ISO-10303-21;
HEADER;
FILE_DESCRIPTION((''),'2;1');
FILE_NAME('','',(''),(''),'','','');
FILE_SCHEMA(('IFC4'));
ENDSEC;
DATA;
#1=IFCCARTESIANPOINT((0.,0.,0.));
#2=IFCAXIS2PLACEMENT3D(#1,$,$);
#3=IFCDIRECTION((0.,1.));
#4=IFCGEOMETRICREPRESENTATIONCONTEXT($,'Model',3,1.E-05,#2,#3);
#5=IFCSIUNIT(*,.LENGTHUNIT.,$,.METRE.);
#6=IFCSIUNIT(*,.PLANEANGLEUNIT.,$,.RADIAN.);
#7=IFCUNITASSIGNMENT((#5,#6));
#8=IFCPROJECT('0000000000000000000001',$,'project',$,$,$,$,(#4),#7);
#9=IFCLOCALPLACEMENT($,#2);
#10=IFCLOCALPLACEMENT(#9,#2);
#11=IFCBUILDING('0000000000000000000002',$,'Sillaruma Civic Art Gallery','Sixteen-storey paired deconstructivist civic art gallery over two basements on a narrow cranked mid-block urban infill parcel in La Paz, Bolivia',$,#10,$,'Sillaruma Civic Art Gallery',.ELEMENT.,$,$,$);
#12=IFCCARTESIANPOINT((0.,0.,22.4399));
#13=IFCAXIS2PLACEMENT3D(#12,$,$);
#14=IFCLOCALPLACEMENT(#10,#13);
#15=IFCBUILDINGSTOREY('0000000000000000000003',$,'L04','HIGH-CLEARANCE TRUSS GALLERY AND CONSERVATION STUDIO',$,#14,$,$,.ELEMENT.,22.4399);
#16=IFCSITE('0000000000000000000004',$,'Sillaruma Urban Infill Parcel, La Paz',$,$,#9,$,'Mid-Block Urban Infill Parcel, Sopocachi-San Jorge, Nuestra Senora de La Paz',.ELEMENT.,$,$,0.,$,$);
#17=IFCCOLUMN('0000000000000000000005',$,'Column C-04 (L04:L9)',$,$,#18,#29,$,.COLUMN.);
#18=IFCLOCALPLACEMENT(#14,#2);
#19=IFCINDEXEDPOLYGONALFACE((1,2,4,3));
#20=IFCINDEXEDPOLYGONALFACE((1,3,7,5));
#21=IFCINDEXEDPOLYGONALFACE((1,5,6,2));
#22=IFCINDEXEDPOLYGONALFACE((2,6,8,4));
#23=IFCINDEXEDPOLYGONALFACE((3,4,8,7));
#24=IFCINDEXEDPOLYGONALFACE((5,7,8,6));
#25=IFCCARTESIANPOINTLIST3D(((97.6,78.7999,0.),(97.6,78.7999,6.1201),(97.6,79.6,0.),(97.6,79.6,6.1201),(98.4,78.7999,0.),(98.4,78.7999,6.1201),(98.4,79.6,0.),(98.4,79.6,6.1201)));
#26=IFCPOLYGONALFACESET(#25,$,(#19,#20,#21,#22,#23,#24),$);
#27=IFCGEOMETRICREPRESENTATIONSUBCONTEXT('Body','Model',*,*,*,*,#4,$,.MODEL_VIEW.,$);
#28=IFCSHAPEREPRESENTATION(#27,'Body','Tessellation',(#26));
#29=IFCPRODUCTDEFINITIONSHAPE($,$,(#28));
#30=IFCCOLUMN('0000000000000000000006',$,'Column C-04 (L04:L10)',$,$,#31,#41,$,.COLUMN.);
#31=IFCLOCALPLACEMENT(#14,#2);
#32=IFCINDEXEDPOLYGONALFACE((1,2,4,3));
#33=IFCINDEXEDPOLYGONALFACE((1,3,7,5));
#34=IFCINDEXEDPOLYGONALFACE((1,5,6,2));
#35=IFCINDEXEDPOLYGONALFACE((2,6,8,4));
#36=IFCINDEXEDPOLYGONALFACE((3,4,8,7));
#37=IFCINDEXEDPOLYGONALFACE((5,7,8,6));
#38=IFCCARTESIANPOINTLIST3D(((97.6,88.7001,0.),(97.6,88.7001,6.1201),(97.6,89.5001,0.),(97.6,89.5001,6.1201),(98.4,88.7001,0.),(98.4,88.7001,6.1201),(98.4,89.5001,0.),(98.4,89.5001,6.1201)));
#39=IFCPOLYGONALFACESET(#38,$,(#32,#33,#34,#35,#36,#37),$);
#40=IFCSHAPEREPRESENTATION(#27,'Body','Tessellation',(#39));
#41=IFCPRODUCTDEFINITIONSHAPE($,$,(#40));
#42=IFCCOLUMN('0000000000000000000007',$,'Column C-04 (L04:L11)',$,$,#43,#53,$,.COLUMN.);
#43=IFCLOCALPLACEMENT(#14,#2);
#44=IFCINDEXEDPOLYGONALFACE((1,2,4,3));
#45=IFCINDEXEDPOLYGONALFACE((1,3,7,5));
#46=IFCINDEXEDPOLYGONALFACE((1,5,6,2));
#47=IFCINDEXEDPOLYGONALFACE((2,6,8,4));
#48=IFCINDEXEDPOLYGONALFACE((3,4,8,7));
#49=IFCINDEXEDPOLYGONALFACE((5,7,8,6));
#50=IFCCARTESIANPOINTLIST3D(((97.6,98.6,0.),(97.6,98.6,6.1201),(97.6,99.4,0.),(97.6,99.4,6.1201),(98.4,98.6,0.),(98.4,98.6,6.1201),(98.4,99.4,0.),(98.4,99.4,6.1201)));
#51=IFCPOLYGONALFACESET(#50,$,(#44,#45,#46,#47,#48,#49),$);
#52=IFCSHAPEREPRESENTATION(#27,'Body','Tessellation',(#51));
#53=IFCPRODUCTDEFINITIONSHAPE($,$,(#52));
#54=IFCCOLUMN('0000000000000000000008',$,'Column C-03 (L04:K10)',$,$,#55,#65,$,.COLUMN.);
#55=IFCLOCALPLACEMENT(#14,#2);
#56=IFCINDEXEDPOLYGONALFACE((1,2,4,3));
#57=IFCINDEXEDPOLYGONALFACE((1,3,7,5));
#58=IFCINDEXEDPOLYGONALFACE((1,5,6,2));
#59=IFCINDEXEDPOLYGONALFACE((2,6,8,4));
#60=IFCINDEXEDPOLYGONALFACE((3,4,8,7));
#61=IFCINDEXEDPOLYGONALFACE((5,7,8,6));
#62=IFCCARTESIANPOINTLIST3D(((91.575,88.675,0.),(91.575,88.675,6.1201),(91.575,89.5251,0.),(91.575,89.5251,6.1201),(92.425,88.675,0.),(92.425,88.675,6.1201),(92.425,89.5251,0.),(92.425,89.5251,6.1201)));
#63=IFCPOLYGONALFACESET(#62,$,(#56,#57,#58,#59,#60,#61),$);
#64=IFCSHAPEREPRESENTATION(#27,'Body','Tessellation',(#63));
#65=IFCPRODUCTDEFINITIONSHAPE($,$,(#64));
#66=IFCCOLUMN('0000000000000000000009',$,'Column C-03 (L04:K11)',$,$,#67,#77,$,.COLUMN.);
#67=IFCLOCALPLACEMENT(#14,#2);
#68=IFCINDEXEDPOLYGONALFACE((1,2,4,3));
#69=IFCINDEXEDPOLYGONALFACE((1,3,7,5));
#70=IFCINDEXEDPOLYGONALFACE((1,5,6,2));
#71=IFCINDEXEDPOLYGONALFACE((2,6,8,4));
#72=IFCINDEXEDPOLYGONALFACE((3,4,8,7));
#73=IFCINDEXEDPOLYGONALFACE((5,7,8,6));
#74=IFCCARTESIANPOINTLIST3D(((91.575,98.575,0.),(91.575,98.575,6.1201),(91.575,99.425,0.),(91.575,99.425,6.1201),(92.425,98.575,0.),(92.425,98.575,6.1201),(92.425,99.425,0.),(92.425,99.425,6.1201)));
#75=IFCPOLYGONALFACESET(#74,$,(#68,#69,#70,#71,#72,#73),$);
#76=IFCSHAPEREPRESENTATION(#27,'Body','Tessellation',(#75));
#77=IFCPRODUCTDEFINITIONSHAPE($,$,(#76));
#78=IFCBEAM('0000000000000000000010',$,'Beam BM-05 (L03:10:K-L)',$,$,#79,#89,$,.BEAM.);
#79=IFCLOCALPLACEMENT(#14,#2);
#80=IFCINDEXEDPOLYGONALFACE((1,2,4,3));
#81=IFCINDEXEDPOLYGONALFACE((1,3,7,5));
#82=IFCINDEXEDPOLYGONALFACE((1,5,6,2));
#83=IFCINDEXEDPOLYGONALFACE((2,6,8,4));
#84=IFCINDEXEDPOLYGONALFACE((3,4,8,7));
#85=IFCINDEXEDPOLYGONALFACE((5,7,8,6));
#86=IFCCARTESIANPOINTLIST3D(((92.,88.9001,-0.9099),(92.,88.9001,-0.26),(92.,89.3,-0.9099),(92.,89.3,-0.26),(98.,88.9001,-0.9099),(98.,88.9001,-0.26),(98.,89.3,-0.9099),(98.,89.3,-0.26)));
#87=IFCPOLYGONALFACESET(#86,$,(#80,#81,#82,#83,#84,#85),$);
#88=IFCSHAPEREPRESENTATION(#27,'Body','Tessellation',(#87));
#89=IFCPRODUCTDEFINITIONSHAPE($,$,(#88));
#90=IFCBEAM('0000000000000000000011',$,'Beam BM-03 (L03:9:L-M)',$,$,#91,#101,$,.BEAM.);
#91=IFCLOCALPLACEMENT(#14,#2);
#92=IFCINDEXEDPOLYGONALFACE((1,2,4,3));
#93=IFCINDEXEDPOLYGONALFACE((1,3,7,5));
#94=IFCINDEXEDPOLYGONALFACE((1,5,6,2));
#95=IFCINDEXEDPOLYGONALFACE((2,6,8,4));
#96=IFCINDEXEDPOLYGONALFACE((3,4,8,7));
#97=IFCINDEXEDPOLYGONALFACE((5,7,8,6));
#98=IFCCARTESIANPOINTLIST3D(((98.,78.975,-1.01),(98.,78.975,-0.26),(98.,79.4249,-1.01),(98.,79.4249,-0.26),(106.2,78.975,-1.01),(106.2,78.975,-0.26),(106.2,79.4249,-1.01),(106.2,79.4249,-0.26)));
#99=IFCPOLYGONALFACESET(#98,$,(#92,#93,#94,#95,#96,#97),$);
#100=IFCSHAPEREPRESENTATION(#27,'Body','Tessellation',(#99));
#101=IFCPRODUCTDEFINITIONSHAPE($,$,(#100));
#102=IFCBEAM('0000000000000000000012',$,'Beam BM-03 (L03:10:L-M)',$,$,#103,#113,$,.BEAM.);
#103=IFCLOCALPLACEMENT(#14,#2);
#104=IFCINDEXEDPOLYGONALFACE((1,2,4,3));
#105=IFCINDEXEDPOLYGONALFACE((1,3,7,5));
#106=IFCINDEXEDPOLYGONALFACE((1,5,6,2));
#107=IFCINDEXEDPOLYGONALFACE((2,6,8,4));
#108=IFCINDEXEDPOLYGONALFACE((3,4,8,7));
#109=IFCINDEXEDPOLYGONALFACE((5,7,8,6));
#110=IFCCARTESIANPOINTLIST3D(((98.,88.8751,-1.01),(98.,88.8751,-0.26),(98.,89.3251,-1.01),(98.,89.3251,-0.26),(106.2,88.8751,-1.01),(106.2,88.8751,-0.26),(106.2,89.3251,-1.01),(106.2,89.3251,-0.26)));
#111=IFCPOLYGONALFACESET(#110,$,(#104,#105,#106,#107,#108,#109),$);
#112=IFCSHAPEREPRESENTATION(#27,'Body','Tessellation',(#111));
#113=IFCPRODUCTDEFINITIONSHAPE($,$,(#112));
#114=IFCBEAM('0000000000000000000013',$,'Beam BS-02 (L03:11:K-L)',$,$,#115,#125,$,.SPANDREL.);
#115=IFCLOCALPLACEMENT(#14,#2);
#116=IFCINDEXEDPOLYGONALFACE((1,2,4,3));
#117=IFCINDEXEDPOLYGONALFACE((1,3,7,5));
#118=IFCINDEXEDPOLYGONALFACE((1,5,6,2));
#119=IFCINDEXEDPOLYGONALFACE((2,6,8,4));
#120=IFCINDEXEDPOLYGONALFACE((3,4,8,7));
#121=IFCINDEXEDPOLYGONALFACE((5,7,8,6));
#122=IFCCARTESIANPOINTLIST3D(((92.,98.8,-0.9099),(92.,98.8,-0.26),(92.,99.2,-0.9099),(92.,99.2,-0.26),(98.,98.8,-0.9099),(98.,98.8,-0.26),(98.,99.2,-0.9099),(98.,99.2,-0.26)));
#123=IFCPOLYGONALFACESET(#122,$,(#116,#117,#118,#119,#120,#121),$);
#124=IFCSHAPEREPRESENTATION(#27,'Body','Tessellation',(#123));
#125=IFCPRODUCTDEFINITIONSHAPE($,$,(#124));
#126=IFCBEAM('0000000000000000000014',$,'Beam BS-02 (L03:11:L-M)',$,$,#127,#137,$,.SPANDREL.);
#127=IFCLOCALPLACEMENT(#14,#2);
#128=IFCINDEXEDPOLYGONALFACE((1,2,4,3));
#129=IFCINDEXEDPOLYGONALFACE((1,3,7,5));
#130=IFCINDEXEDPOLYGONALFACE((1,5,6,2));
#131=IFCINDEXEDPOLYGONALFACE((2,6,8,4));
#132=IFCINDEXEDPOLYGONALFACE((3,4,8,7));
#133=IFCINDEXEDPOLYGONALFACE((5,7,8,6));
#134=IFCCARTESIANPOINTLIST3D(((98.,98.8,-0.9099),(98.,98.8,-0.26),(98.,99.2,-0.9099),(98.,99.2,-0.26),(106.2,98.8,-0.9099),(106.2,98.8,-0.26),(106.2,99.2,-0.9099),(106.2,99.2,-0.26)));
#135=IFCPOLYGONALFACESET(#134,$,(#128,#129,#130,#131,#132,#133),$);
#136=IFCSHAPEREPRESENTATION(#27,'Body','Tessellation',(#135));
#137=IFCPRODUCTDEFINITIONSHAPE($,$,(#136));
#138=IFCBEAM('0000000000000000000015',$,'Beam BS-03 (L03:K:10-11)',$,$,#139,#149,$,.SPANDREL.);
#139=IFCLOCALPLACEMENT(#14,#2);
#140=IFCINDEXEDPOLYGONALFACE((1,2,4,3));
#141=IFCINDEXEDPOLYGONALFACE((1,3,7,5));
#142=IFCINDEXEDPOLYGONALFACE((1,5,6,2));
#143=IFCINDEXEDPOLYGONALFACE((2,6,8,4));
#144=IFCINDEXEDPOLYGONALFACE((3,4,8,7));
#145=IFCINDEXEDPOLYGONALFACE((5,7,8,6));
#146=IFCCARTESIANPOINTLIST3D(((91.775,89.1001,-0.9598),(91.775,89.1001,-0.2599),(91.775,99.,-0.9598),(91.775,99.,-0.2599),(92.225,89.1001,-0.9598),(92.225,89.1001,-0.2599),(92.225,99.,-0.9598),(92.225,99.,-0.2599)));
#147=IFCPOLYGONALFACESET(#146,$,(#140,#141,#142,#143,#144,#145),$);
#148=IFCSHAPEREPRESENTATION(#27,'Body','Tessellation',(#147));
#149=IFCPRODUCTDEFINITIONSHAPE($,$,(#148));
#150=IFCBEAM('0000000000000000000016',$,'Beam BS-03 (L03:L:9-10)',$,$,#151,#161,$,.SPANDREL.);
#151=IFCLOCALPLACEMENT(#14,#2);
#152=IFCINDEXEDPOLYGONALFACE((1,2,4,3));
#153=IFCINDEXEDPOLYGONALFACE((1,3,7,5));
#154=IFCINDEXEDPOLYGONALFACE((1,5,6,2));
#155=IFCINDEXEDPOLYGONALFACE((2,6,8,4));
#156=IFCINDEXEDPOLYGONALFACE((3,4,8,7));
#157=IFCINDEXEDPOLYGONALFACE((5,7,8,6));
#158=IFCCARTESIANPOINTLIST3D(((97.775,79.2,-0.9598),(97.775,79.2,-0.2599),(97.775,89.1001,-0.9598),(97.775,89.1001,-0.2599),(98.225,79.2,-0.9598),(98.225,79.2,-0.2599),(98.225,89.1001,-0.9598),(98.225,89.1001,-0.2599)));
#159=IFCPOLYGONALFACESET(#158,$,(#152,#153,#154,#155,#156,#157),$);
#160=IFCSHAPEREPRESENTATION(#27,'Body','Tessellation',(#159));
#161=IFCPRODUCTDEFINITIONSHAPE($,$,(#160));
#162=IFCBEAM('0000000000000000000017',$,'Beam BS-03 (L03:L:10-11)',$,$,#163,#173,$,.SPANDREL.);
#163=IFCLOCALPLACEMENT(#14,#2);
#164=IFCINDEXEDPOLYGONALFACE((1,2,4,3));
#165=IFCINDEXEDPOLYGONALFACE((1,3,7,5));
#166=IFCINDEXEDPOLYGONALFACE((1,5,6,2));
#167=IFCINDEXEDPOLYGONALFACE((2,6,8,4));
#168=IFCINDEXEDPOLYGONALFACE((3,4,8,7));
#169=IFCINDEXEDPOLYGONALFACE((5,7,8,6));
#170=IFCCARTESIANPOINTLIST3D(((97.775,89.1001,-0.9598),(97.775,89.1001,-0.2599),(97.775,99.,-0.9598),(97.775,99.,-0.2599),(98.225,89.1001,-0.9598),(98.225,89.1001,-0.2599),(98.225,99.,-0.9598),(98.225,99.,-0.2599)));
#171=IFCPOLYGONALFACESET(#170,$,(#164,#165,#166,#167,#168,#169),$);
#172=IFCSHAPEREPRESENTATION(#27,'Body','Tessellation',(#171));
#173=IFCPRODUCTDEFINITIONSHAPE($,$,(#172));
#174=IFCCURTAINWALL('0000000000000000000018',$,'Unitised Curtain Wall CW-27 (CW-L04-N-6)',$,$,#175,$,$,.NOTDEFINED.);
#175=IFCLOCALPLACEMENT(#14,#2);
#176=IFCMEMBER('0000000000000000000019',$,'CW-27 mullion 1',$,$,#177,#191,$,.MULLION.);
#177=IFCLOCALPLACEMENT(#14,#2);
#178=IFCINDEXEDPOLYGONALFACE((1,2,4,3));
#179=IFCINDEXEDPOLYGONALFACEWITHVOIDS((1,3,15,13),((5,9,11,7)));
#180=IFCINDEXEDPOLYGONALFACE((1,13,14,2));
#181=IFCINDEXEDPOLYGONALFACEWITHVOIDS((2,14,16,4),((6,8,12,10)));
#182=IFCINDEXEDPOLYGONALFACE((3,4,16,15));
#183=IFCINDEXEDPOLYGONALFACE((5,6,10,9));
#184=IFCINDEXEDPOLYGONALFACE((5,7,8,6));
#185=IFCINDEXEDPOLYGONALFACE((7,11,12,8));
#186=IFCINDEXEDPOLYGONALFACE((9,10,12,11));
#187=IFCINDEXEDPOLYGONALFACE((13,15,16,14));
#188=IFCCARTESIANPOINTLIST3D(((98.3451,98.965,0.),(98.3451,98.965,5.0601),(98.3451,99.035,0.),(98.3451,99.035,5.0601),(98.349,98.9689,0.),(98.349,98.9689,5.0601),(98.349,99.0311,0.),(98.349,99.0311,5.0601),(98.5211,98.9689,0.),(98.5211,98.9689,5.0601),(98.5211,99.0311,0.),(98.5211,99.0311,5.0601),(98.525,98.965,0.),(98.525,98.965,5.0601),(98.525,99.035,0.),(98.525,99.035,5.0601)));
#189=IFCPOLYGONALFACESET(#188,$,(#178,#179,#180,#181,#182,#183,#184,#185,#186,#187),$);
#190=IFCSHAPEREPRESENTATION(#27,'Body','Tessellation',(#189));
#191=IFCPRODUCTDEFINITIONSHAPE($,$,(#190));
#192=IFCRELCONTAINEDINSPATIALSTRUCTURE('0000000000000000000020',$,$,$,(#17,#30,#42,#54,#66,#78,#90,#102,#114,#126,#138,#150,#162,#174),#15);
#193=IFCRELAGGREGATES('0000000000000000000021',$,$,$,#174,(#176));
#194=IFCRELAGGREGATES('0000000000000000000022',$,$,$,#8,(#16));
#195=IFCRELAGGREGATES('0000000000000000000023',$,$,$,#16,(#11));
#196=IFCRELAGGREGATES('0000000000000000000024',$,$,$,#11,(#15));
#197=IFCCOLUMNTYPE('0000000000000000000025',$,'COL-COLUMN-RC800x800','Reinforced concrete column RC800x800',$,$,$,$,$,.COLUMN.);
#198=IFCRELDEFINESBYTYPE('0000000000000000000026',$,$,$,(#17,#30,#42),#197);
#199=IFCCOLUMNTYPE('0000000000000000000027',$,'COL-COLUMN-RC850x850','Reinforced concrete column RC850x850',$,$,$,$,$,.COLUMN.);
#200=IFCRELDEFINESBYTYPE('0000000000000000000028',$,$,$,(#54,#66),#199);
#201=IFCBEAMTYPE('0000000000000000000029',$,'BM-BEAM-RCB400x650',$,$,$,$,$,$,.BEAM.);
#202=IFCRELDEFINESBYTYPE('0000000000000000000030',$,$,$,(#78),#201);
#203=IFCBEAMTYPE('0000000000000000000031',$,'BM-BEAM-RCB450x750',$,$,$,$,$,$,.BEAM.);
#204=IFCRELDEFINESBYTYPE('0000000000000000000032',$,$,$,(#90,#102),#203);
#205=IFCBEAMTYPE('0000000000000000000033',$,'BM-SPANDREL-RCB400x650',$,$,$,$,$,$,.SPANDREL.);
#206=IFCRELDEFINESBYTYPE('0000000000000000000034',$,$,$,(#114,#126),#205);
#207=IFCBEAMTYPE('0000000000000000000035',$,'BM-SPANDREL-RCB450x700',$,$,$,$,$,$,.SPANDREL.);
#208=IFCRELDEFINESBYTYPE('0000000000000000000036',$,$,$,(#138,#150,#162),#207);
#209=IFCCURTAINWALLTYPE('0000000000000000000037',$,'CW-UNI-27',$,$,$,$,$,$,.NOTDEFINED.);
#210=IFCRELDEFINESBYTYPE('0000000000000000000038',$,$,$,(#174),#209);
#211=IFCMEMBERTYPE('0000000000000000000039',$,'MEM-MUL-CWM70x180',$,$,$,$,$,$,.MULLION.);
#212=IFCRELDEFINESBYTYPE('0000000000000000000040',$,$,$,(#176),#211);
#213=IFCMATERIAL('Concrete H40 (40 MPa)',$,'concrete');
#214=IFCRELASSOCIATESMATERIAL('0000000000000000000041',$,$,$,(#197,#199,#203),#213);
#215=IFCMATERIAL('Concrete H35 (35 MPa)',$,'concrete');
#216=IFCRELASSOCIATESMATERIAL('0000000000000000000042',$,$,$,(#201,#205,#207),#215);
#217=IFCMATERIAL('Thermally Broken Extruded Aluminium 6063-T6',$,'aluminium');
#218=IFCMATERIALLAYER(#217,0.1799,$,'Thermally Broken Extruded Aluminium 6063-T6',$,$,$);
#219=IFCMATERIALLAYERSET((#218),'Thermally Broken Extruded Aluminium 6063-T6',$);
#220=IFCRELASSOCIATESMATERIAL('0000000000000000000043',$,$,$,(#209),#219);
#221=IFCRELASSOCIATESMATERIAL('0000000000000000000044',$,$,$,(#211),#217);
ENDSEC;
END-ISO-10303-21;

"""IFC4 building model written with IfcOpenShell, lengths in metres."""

from ifc_helpers import new_model, si_unit, direction, frame, origin, origin_2d, place, context, subcontext, project, spatial, rectangle, hollow_rectangle, extrude, material, layer, layer_set, material_profile, profile_set, type_object, element, aggregate, save


model = new_model("IFC4")

# Units and contexts
model_context = context("Model", 3, precision=1e-05, world=origin(), true_north=direction((0.0, 1.0)))
body_context = subcontext(model_context, "Body", "Model", "MODEL_VIEW")
ifc_project = project(units=[si_unit("LENGTHUNIT", "METRE"), si_unit("PLANEANGLEUNIT", "RADIAN")], contexts=[model_context])

# Site, building, storey
site_placement = place(None, origin())
site = spatial("IfcSite", under=ifc_project, at=site_placement, Name="Sillaruma Urban Infill Parcel, La Paz", LongName="Mid-Block Urban Infill Parcel, Sopocachi-San Jorge, Nuestra Senora de La Paz", CompositionType="ELEMENT", RefElevation=0.0)
building_placement = place(site_placement, origin())
building = spatial("IfcBuilding", under=site, at=building_placement, Name="Sillaruma Civic Art Gallery", Description="Sixteen-storey paired deconstructivist civic art gallery over two basements on a narrow cranked mid-block urban infill parcel in La Paz, Bolivia", LongName="Sillaruma Civic Art Gallery", CompositionType="ELEMENT")
storey_placement = place(building_placement, frame((0.0, 0.0, 22.4399)))
storey = spatial("IfcBuildingStorey", under=building, at=storey_placement, Name="L04", Description="HIGH-CLEARANCE TRUSS GALLERY AND CONSERVATION STUDIO", CompositionType="ELEMENT", Elevation=22.4399)

# Columns
ifc_material_1 = material(Name="Concrete H40 (40 MPa)", Category="concrete")
ifc_material_profile_1 = material_profile(ifc_material_1, rectangle(XDim=0.8, YDim=0.8, at=origin_2d()), Name="RC800x800")
ifc_profile_set_1 = profile_set([ifc_material_profile_1], Name="Concrete H40 (40 MPa)")
column_type_1 = type_object("IfcColumnType", Name="COL-COLUMN-RC800x800", Description="Reinforced concrete column RC800x800", PredefinedType="COLUMN", material=ifc_profile_set_1)
for number, where, z_axis, x_axis, name in (
    (1, (98.0, 79.2, 0.0), (0.0, 0.0, 1.0), (1.0, 0.0, 0.0), "Column C-04 (L04:L9)"),
    (2, (98.0, 89.1001, 0.0), (0.0, 0.0, 1.0), (1.0, 0.0, 0.0), "Column C-04 (L04:L10)"),
    (3, (98.0, 99.0, 0.0), (0.0, 0.0, 1.0), (1.0, 0.0, 0.0), "Column C-04 (L04:L11)"),
):
    element("IfcColumn", number, at=place(storey_placement, frame(where, z_axis=z_axis, x_axis=x_axis)), inside=storey, type_object=column_type_1, Name=name, PredefinedType="COLUMN", context=body_context, shape_type="SweptSolid", body=[
        extrude(rectangle(XDim=0.8, YDim=0.8, at=origin_2d()), origin(), (0.0, 0.0, 1.0), 6.1201),
    ])
ifc_material_profile_2 = material_profile(ifc_material_1, rectangle(XDim=0.8501, YDim=0.8501, at=origin_2d()), Name="RC850x850")
ifc_profile_set_2 = profile_set([ifc_material_profile_2], Name="Concrete H40 (40 MPa)")
column_type_2 = type_object("IfcColumnType", Name="COL-COLUMN-RC850x850", Description="Reinforced concrete column RC850x850", PredefinedType="COLUMN", material=ifc_profile_set_2)
for number, where, z_axis, x_axis, name in (
    (4, (92.0, 89.1001, 0.0), (0.0, 0.0, 1.0), (1.0, 0.0, 0.0), "Column C-03 (L04:K10)"),
    (5, (92.0, 99.0, 0.0), (0.0, 0.0, 1.0), (1.0, 0.0, 0.0), "Column C-03 (L04:K11)"),
):
    element("IfcColumn", number, at=place(storey_placement, frame(where, z_axis=z_axis, x_axis=x_axis)), inside=storey, type_object=column_type_2, Name=name, PredefinedType="COLUMN", context=body_context, shape_type="SweptSolid", body=[
        extrude(rectangle(XDim=0.8501, YDim=0.8501, at=origin_2d()), origin(), (0.0, 0.0, 1.0), 6.1201),
    ])

# Beams
ifc_material_2 = material(Name="Concrete H35 (35 MPa)", Category="concrete")
ifc_material_profile_3 = material_profile(ifc_material_2, rectangle(XDim=0.3999, YDim=0.6499, at=origin_2d()), Name="RCB400x650")
ifc_profile_set_3 = profile_set([ifc_material_profile_3], Name="Concrete H35 (35 MPa)")
beam_type_1 = type_object("IfcBeamType", Name="BM-BEAM-RCB400x650", PredefinedType="BEAM", material=ifc_profile_set_3)
beam_1_placement = place(storey_placement, frame((92.0, 89.1001, -0.585), z_axis=(1.0, 0.0, 0.0), x_axis=(0.0, 1.0, 0.0)))
element("IfcBeam", 6, at=beam_1_placement, inside=storey, type_object=beam_type_1, Name="Beam BM-05 (L03:10:K-L)", PredefinedType="BEAM", context=body_context, shape_type="SweptSolid", body=[
    extrude(rectangle(XDim=0.3999, YDim=0.6499, at=origin_2d()), origin(), (0.0, 0.0, 1.0), 6.0),
])
ifc_material_profile_4 = material_profile(ifc_material_1, rectangle(XDim=0.45, YDim=0.75, at=origin_2d()), Name="RCB450x750")
ifc_profile_set_4 = profile_set([ifc_material_profile_4], Name="Concrete H40 (40 MPa)")
beam_type_2 = type_object("IfcBeamType", Name="BM-BEAM-RCB450x750", PredefinedType="BEAM", material=ifc_profile_set_4)
for number, where, z_axis, x_axis, name in (
    (7, (98.0, 79.2, -0.635), (1.0, 0.0, 0.0), (0.0, 1.0, 0.0), "Beam BM-03 (L03:9:L-M)"),
    (8, (98.0, 89.1001, -0.635), (1.0, 0.0, 0.0), (0.0, 1.0, 0.0), "Beam BM-03 (L03:10:L-M)"),
):
    element("IfcBeam", number, at=place(storey_placement, frame(where, z_axis=z_axis, x_axis=x_axis)), inside=storey, type_object=beam_type_2, Name=name, PredefinedType="BEAM", context=body_context, shape_type="SweptSolid", body=[
        extrude(rectangle(XDim=0.45, YDim=0.75, at=origin_2d()), origin(), (0.0, 0.0, 1.0), 8.2),
    ])
ifc_material_profile_5 = material_profile(ifc_material_2, rectangle(XDim=0.3999, YDim=0.6499, at=origin_2d()), Name="RCB400x650")
ifc_profile_set_5 = profile_set([ifc_material_profile_5], Name="Concrete H35 (35 MPa)")
beam_type_3 = type_object("IfcBeamType", Name="BM-SPANDREL-RCB400x650", PredefinedType="SPANDREL", material=ifc_profile_set_5)
beam_2_placement = place(storey_placement, frame((92.0, 99.0, -0.585), z_axis=(1.0, 0.0, 0.0), x_axis=(0.0, 1.0, 0.0)))
element("IfcBeam", 9, at=beam_2_placement, inside=storey, type_object=beam_type_3, Name="Beam BS-02 (L03:11:K-L)", PredefinedType="SPANDREL", context=body_context, shape_type="SweptSolid", body=[
    extrude(rectangle(XDim=0.3999, YDim=0.6499, at=origin_2d()), origin(), (0.0, 0.0, 1.0), 6.0),
])
beam_3_placement = place(storey_placement, frame((98.0, 99.0, -0.585), z_axis=(1.0, 0.0, 0.0), x_axis=(0.0, 1.0, 0.0)))
element("IfcBeam", 10, at=beam_3_placement, inside=storey, type_object=beam_type_3, Name="Beam BS-02 (L03:11:L-M)", PredefinedType="SPANDREL", context=body_context, shape_type="SweptSolid", body=[
    extrude(rectangle(XDim=0.3999, YDim=0.6499, at=origin_2d()), origin(), (0.0, 0.0, 1.0), 8.2),
])
ifc_material_profile_6 = material_profile(ifc_material_2, rectangle(XDim=0.45, YDim=0.7, at=origin_2d()), Name="RCB450x700")
ifc_profile_set_6 = profile_set([ifc_material_profile_6], Name="Concrete H35 (35 MPa)")
beam_type_4 = type_object("IfcBeamType", Name="BM-SPANDREL-RCB450x700", PredefinedType="SPANDREL", material=ifc_profile_set_6)
beam_4_placement = place(storey_placement, frame((92.0, 89.1001, -0.6099), z_axis=(0.0, 1.0, 0.0), x_axis=(-1.0, 0.0, 0.0)))
element("IfcBeam", 11, at=beam_4_placement, inside=storey, type_object=beam_type_4, Name="Beam BS-03 (L03:K:10-11)", PredefinedType="SPANDREL", context=body_context, shape_type="SweptSolid", body=[
    extrude(rectangle(XDim=0.45, YDim=0.7, at=origin_2d()), origin(), (0.0, 0.0, 1.0), 9.8999),
])
beam_5_placement = place(storey_placement, frame((98.0, 79.2, -0.6099), z_axis=(0.0, 1.0, 0.0), x_axis=(-1.0, 0.0, 0.0)))
element("IfcBeam", 12, at=beam_5_placement, inside=storey, type_object=beam_type_4, Name="Beam BS-03 (L03:L:9-10)", PredefinedType="SPANDREL", context=body_context, shape_type="SweptSolid", body=[
    extrude(rectangle(XDim=0.45, YDim=0.7, at=origin_2d()), origin(), (0.0, 0.0, 1.0), 9.9001),
])
beam_6_placement = place(storey_placement, frame((98.0, 89.1001, -0.6099), z_axis=(0.0, 1.0, 0.0), x_axis=(-1.0, 0.0, 0.0)))
element("IfcBeam", 13, at=beam_6_placement, inside=storey, type_object=beam_type_4, Name="Beam BS-03 (L03:L:10-11)", PredefinedType="SPANDREL", context=body_context, shape_type="SweptSolid", body=[
    extrude(rectangle(XDim=0.45, YDim=0.7, at=origin_2d()), origin(), (0.0, 0.0, 1.0), 9.8999),
])

# Curtain wall, member
ifc_material_3 = material(Name="Thermally Broken Extruded Aluminium 6063-T6", Category="aluminium")
ifc_layer_1 = layer(ifc_material_3, 0.1799, Name="Thermally Broken Extruded Aluminium 6063-T6")
ifc_layer_set_1 = layer_set([ifc_layer_1], Name="Thermally Broken Extruded Aluminium 6063-T6")
curtain_wall_type = type_object("IfcCurtainWallType", Name="CW-UNI-27", PredefinedType="NOTDEFINED", material=ifc_layer_set_1)
curtain_wall_placement = place(storey_placement, origin())
curtain_wall = element("IfcCurtainWall", 14, at=curtain_wall_placement, inside=storey, type_object=curtain_wall_type, Name="Unitised Curtain Wall CW-27 (CW-L04-N-6)", PredefinedType="NOTDEFINED")
ifc_material_profile_7 = material_profile(ifc_material_3, hollow_rectangle(XDim=0.0701, YDim=0.1799, WallThickness=0.0039, at=origin_2d()), Name="CWM70x180")
ifc_profile_set_7 = profile_set([ifc_material_profile_7], Name="Thermally Broken Extruded Aluminium 6063-T6")
member_type_1 = type_object("IfcMemberType", Name="MEM-MUL-CWM70x180", PredefinedType="MULLION", material=ifc_profile_set_7)
member_1_placement = place(storey_placement, frame((98.4351, 99.0, 0.0), z_axis=(0.0, 0.0, 1.0), x_axis=(0.0, 1.0, 0.0)))
member_1 = element("IfcMember", 15, at=member_1_placement, type_object=member_type_1, Name="CW-27 mullion 1", PredefinedType="MULLION", context=body_context, shape_type="SweptSolid", body=[
    extrude(hollow_rectangle(XDim=0.0701, YDim=0.1799, WallThickness=0.0039, at=origin_2d()), origin(), (0.0, 0.0, 1.0), 5.0601),
])
aggregate(curtain_wall, [member_1])

save(model, "model.ifc")
